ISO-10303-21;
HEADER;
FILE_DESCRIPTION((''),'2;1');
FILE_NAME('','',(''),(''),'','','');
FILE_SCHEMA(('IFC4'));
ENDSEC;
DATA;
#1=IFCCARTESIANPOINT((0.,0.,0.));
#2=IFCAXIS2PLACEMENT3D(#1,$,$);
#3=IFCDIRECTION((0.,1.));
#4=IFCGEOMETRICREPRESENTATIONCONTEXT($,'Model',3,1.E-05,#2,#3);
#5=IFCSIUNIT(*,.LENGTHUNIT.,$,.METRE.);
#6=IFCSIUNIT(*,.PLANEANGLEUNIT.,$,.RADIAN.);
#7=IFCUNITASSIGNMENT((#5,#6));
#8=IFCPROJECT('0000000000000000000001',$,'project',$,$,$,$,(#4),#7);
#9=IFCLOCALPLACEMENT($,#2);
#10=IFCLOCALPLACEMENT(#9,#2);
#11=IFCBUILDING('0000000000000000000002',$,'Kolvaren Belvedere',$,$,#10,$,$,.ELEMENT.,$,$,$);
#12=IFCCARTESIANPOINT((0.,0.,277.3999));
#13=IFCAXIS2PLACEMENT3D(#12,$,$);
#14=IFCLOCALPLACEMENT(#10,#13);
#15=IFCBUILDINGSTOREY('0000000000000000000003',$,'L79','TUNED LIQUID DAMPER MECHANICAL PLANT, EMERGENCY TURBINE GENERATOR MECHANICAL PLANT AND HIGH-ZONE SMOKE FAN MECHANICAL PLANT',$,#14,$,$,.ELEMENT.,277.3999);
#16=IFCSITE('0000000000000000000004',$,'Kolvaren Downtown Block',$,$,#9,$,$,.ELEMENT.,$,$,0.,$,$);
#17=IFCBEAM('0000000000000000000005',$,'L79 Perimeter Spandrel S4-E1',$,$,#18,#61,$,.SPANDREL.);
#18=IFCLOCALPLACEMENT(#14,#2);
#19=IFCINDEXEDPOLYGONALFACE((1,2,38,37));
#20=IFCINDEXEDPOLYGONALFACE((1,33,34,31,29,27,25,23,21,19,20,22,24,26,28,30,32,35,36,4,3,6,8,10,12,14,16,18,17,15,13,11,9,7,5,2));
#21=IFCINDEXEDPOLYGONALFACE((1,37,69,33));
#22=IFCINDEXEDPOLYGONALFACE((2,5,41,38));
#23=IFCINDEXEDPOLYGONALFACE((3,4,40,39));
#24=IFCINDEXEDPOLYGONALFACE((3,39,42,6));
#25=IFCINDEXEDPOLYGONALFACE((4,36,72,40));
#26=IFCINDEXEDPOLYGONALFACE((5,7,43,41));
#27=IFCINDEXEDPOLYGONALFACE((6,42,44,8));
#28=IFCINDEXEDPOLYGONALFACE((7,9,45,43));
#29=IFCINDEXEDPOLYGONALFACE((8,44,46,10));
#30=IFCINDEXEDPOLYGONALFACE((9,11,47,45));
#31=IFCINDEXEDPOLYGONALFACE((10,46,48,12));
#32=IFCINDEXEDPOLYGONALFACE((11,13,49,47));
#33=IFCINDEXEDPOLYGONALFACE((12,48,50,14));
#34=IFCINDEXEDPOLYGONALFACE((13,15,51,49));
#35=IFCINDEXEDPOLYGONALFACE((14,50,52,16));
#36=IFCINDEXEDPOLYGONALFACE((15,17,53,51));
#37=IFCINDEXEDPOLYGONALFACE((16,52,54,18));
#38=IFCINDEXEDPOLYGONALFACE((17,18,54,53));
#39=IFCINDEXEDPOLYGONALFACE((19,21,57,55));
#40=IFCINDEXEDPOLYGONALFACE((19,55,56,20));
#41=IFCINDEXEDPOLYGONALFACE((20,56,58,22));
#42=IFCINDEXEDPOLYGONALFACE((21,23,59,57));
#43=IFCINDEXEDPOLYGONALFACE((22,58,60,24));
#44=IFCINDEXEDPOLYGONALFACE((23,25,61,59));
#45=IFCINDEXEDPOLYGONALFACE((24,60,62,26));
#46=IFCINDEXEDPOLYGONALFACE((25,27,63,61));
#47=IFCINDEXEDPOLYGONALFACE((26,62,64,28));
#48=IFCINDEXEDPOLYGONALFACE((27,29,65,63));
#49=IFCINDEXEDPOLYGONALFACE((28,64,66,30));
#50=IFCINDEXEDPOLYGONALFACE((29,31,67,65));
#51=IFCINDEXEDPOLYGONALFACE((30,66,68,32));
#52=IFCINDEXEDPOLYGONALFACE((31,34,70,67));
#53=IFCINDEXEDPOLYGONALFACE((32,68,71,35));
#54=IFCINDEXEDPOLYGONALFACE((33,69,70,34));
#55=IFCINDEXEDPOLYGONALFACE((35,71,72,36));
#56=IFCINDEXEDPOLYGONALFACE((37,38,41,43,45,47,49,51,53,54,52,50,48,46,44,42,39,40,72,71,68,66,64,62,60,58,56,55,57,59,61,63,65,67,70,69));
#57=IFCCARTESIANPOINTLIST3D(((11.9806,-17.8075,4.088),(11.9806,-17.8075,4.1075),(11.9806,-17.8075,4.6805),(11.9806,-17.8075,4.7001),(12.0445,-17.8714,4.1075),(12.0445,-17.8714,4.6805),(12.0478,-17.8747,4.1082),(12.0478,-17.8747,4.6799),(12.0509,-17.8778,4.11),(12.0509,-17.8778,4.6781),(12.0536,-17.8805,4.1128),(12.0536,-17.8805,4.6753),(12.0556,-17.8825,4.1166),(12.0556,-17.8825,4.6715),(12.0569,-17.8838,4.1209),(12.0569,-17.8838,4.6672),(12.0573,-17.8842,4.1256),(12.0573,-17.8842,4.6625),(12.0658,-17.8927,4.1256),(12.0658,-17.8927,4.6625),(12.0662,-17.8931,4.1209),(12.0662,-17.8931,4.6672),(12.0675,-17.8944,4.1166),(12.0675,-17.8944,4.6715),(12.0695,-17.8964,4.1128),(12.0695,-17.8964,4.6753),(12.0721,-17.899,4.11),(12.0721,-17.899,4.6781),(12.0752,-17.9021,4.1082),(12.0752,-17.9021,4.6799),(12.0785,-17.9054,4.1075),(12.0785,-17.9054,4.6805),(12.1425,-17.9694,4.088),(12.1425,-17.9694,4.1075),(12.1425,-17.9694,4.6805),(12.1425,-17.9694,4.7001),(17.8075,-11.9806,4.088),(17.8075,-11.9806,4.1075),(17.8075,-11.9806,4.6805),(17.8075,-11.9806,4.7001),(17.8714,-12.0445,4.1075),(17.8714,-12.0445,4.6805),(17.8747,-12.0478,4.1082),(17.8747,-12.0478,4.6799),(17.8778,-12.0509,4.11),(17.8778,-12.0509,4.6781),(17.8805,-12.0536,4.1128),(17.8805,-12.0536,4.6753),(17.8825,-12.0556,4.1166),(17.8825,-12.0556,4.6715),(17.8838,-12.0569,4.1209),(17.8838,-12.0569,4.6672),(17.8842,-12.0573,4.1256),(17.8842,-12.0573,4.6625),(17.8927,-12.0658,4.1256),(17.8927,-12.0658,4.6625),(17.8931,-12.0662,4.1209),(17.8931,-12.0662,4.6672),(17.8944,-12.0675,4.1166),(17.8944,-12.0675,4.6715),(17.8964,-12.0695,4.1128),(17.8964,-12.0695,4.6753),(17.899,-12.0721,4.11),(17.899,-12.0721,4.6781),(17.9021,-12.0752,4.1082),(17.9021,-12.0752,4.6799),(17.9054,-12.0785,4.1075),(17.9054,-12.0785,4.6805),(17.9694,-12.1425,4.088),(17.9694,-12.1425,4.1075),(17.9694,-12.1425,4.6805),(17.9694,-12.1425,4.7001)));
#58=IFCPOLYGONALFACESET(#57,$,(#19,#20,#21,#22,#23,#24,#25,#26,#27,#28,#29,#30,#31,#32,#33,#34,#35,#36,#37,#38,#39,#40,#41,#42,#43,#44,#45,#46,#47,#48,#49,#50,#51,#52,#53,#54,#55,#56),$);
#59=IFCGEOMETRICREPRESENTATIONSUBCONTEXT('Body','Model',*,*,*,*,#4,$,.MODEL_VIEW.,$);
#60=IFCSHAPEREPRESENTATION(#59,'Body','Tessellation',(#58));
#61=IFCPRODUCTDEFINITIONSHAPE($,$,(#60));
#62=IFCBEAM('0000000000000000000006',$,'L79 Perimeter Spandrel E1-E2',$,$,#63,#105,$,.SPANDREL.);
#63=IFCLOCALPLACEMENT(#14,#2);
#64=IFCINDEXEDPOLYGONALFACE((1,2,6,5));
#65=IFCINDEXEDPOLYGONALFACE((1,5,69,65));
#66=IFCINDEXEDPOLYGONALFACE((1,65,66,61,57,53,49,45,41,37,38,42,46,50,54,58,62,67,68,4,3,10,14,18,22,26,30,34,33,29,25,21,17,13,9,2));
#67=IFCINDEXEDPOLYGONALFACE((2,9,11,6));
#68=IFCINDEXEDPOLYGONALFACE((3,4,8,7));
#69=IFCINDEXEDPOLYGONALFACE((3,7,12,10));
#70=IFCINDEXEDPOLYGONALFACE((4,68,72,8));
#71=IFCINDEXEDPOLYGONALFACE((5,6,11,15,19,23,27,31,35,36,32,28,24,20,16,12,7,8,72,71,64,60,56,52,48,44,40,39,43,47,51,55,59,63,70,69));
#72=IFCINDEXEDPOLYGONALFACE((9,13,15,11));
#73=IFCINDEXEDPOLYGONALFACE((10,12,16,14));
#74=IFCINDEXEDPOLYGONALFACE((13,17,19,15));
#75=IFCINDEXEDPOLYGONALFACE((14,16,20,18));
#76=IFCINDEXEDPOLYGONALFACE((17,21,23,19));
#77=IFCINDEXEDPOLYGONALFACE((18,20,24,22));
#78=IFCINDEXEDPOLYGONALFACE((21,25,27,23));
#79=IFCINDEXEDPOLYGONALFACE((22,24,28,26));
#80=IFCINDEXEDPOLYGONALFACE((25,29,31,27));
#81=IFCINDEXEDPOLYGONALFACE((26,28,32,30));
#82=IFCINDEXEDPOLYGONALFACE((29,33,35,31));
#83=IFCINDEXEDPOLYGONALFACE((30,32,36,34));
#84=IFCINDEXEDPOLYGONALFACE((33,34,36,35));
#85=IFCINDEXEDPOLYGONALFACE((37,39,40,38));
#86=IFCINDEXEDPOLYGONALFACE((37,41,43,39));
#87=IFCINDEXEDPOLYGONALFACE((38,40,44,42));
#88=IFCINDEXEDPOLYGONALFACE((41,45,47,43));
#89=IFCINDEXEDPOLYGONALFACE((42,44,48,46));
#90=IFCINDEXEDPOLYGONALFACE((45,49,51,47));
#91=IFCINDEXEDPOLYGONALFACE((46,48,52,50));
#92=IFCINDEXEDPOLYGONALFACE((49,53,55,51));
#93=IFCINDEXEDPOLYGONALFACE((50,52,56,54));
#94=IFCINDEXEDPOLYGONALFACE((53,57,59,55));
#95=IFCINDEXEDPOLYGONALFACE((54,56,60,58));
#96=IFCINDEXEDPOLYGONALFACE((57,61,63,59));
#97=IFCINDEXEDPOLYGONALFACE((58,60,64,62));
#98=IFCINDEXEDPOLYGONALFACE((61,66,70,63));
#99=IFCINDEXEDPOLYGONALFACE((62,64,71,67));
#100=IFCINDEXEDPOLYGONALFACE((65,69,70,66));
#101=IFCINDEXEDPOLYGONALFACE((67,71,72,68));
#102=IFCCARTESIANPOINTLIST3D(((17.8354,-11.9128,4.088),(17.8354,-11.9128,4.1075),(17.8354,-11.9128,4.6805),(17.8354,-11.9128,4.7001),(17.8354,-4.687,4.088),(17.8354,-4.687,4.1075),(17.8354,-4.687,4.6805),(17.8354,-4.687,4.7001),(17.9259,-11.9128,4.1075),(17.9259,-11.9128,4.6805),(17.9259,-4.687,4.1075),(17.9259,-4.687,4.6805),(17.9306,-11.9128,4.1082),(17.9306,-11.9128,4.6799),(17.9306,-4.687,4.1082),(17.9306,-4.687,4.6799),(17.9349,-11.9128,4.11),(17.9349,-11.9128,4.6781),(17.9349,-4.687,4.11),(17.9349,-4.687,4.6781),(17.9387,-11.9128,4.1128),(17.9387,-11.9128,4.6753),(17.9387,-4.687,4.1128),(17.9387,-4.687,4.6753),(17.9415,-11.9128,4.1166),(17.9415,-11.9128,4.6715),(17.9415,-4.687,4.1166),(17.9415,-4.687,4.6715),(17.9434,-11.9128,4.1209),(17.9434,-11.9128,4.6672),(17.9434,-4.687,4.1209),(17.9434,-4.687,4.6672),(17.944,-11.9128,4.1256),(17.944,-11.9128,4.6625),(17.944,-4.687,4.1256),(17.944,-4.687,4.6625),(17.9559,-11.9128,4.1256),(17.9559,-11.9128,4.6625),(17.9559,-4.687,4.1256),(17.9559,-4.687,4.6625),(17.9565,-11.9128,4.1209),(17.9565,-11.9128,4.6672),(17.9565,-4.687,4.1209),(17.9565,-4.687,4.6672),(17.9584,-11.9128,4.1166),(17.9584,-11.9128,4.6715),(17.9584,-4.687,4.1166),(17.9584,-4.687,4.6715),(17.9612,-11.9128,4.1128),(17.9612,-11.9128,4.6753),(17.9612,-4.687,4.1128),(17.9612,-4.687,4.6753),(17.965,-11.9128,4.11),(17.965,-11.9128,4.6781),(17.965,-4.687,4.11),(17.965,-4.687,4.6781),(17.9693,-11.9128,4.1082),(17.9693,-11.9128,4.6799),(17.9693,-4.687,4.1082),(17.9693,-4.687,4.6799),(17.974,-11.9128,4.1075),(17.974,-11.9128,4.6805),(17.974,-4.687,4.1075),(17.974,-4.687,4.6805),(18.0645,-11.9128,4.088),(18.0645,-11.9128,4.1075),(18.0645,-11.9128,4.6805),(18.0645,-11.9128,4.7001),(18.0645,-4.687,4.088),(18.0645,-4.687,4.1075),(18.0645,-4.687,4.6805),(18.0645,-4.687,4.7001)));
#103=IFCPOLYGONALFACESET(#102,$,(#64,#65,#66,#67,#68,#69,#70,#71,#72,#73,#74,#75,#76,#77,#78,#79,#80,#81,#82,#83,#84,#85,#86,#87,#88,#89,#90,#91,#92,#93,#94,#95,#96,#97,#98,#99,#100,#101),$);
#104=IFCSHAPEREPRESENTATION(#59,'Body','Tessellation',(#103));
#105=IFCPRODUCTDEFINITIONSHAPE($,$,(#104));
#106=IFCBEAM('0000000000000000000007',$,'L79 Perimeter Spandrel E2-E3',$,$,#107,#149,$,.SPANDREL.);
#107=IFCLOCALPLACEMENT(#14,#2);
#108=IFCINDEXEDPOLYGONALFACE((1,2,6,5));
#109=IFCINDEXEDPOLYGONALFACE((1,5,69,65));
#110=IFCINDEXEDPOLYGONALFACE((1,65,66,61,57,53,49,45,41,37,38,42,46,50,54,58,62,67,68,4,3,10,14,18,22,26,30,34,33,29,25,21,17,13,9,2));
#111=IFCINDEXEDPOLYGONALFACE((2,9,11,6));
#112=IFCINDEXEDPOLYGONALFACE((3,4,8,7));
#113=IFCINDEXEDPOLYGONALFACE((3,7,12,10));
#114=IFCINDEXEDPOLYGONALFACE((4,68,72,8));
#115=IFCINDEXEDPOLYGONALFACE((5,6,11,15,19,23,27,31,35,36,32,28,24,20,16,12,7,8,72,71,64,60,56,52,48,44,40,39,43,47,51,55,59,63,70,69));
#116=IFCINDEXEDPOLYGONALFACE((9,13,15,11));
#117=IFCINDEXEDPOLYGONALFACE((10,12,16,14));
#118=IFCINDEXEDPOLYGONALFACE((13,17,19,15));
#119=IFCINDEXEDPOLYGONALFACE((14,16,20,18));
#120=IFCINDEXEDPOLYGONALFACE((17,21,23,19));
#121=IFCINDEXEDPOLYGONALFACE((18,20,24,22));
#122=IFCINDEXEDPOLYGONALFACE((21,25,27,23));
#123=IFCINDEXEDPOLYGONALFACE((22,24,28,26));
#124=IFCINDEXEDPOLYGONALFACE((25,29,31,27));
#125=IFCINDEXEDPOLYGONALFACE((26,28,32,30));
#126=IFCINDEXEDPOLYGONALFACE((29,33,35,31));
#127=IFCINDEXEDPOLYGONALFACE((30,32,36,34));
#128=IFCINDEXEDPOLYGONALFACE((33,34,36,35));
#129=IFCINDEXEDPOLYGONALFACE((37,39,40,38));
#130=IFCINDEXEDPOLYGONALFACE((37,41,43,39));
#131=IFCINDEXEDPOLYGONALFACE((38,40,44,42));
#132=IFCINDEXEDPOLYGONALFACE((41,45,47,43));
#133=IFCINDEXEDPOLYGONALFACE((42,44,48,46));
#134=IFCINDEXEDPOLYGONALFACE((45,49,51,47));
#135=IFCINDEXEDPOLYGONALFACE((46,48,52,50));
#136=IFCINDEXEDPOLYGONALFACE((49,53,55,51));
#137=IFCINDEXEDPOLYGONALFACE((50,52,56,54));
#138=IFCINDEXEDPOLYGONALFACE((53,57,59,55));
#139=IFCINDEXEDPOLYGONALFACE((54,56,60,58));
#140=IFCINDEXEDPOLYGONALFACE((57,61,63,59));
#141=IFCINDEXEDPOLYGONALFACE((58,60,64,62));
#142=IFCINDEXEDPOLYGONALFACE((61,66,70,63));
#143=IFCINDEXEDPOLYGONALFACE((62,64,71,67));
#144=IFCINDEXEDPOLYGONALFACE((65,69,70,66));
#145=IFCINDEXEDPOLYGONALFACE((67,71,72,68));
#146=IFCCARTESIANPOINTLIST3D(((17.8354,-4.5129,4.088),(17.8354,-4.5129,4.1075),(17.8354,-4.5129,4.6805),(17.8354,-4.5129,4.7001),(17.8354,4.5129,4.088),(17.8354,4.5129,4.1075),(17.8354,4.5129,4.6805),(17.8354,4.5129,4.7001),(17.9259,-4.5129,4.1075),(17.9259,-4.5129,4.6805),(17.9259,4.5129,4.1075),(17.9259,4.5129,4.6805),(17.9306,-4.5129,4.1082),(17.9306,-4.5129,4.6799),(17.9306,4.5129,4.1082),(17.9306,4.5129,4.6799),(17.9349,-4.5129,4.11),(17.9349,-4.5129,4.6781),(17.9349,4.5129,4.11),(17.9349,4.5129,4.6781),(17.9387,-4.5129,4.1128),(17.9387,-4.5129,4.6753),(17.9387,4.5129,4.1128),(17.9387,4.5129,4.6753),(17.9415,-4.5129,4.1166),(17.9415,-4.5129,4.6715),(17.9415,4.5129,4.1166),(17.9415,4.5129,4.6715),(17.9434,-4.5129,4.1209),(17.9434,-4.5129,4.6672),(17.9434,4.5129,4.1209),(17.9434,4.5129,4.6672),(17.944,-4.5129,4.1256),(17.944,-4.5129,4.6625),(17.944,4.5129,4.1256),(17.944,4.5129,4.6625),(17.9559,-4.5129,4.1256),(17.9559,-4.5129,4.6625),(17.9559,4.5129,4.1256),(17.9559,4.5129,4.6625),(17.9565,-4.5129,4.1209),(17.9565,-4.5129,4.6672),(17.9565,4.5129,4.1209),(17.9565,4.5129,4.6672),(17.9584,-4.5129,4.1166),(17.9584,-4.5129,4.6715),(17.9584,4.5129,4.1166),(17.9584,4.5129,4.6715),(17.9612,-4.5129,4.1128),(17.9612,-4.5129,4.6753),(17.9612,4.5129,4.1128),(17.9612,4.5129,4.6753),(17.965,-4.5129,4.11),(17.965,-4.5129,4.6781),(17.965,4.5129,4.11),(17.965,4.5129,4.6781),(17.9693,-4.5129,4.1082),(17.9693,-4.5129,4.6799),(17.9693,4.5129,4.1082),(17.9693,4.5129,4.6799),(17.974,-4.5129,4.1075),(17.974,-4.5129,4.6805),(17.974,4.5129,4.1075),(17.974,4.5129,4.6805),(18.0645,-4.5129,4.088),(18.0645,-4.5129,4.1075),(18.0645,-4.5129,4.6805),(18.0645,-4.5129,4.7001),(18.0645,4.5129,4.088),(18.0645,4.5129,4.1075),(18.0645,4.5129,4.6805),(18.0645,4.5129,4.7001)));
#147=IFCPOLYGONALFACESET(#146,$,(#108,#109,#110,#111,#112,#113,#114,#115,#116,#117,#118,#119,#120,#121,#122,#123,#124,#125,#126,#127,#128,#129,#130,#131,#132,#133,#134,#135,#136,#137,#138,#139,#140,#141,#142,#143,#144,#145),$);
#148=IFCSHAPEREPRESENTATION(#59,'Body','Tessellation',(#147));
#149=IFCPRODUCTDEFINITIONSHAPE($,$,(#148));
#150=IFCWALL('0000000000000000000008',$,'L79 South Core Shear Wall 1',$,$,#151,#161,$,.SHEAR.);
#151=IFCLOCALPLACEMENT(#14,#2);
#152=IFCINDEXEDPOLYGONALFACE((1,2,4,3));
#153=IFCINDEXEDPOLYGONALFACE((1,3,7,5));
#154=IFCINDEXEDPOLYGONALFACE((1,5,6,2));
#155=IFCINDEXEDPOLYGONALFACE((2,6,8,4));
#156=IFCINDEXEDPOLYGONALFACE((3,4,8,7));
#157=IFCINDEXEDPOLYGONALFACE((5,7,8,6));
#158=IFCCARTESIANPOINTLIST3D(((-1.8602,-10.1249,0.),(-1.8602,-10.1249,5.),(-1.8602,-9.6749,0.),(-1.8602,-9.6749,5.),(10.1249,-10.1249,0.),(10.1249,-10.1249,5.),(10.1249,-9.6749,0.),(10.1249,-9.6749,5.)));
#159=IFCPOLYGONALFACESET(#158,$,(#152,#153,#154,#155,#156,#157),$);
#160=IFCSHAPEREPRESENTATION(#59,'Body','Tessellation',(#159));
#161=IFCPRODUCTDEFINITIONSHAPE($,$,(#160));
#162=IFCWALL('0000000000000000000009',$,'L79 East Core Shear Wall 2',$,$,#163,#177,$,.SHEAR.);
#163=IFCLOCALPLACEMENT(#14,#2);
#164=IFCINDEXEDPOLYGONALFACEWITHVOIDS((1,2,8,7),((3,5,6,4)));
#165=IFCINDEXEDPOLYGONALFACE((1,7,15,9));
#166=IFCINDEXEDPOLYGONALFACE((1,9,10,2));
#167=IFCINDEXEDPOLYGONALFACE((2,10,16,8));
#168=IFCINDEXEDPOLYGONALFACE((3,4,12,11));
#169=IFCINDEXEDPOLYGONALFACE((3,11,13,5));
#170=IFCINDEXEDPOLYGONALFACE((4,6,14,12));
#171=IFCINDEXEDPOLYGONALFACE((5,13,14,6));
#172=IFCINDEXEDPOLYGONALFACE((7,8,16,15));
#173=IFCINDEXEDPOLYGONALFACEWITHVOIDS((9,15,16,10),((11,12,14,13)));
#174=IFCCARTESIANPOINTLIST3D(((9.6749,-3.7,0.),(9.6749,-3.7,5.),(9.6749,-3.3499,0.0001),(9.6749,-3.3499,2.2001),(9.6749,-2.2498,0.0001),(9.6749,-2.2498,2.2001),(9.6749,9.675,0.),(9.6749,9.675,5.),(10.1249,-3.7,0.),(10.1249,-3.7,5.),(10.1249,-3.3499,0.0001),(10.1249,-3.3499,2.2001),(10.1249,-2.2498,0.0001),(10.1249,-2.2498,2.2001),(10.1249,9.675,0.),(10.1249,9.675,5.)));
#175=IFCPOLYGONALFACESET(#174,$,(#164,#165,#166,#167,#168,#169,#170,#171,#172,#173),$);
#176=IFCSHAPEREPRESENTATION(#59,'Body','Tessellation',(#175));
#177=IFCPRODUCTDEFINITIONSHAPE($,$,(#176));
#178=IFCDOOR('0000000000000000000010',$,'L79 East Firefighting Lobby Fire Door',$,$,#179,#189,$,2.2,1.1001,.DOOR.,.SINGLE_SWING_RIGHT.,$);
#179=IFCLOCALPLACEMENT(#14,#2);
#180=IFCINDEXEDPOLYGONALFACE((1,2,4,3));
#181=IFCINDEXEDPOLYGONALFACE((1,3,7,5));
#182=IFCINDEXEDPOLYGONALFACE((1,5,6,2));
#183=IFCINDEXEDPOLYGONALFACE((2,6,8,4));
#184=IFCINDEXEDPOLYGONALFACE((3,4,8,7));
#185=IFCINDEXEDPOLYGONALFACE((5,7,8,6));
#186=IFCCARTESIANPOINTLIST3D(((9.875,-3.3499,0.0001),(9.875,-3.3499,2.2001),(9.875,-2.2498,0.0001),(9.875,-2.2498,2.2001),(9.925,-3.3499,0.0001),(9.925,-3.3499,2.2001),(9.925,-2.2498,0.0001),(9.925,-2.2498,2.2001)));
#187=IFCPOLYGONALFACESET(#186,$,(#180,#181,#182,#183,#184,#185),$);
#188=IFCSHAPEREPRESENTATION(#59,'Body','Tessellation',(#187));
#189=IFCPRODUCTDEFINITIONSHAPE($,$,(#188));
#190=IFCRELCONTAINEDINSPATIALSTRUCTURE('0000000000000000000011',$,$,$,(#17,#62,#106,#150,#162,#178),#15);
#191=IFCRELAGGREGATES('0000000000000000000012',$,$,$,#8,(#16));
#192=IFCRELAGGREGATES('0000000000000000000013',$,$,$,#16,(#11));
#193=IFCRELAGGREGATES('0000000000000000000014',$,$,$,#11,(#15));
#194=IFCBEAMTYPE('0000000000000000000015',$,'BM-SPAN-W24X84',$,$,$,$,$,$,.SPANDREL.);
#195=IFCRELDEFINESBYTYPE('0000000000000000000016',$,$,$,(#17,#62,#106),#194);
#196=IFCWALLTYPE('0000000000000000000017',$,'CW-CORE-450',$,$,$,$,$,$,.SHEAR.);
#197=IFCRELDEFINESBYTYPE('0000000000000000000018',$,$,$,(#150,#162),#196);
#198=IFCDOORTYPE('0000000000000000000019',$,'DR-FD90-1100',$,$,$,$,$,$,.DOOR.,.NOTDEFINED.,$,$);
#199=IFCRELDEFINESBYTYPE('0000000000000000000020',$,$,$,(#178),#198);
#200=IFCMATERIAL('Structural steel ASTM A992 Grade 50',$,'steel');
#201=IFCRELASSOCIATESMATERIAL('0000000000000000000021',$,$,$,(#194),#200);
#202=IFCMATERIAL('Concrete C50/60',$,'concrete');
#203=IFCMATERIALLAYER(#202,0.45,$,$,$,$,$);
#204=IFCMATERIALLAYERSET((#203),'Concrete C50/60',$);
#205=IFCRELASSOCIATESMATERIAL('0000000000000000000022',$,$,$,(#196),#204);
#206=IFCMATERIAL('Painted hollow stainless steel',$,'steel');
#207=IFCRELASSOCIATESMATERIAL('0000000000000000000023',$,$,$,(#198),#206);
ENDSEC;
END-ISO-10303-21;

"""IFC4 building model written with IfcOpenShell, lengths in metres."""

from ifc_helpers import new_model, si_unit, direction, frame, frame_2d, origin, origin_2d, place, context, subcontext, project, spatial, rectangle, i_section, extrude, material, layer, layer_set, material_profile, profile_set, type_object, element, fill, save


model = new_model("IFC4")

# Units and contexts
model_context = context("Model", 3, precision=1e-05, world=origin(), true_north=direction((0.0, 1.0)))
body_context = subcontext(model_context, "Body", "Model", "MODEL_VIEW")
ifc_project = project(units=[si_unit("LENGTHUNIT", "METRE"), si_unit("PLANEANGLEUNIT", "RADIAN")], contexts=[model_context])

# Site, building, storey
site_placement = place(None, origin())
site = spatial("IfcSite", under=ifc_project, at=site_placement, Name="Kolvaren Downtown Block", CompositionType="ELEMENT", RefElevation=0.0)
building_placement = place(site_placement, origin())
building = spatial("IfcBuilding", under=site, at=building_placement, Name="Kolvaren Belvedere", CompositionType="ELEMENT")
storey_placement = place(building_placement, frame((0.0, 0.0, 277.3999)))
storey = spatial("IfcBuildingStorey", under=building, at=storey_placement, Name="L79", Description="TUNED LIQUID DAMPER MECHANICAL PLANT, EMERGENCY TURBINE GENERATOR MECHANICAL PLANT AND HIGH-ZONE SMOKE FAN MECHANICAL PLANT", CompositionType="ELEMENT", Elevation=277.3999)

# Beams
ifc_material_1 = material(Name="Structural steel ASTM A992 Grade 50", Category="steel")
ifc_material_profile_1 = material_profile(ifc_material_1, i_section(OverallWidth=0.229, OverallDepth=0.6121, WebThickness=0.012, FlangeThickness=0.0195, FilletRadius=0.0181, at=origin_2d()), Name="W24X84")
ifc_profile_set_1 = profile_set([ifc_material_profile_1], Name="Structural steel ASTM A992 Grade 50")
beam_type_1 = type_object("IfcBeamType", Name="BM-SPAN-W24X84", PredefinedType="SPANDREL", material=ifc_profile_set_1)
beam_1_placement = place(storey_placement, frame((12.0615, -17.8884, 4.394), z_axis=(0.707107, 0.707107, 0.0), x_axis=(-0.707107, 0.707107, 0.0)))
element("IfcBeam", 1, at=beam_1_placement, inside=storey, type_object=beam_type_1, Name="L79 Perimeter Spandrel S4-E1", PredefinedType="SPANDREL", context=body_context, shape_type="SweptSolid", body=[
    extrude(i_section(OverallWidth=0.229, OverallDepth=0.6121, WebThickness=0.012, FlangeThickness=0.0195, FilletRadius=0.0181, at=origin_2d()), origin(), (0.0, 0.0, 1.0), 8.2405),
])
beam_2_placement = place(storey_placement, frame((17.95, -11.9128, 4.394), z_axis=(0.0, 1.0, 0.0), x_axis=(-1.0, 0.0, 0.0)))
element("IfcBeam", 2, at=beam_2_placement, inside=storey, type_object=beam_type_1, Name="L79 Perimeter Spandrel E1-E2", PredefinedType="SPANDREL", context=body_context, shape_type="SweptSolid", body=[
    extrude(i_section(OverallWidth=0.229, OverallDepth=0.6121, WebThickness=0.012, FlangeThickness=0.0195, FilletRadius=0.0181, at=origin_2d()), origin(), (0.0, 0.0, 1.0), 7.2258),
])
beam_3_placement = place(storey_placement, frame((17.95, -4.5129, 4.394), z_axis=(0.0, 1.0, 0.0), x_axis=(-1.0, 0.0, 0.0)))
element("IfcBeam", 3, at=beam_3_placement, inside=storey, type_object=beam_type_1, Name="L79 Perimeter Spandrel E2-E3", PredefinedType="SPANDREL", context=body_context, shape_type="SweptSolid", body=[
    extrude(i_section(OverallWidth=0.229, OverallDepth=0.6121, WebThickness=0.012, FlangeThickness=0.0195, FilletRadius=0.0181, at=origin_2d()), origin(), (0.0, 0.0, 1.0), 9.0259),
])

# Wall
ifc_material_2 = material(Name="Concrete C50/60", Category="concrete")
ifc_layer_1 = layer(ifc_material_2, 0.45)
ifc_layer_set_1 = layer_set([ifc_layer_1], Name="Concrete C50/60")
wall_type_1 = type_object("IfcWallType", Name="CW-CORE-450", PredefinedType="SHEAR", material=ifc_layer_set_1)
wall_1_placement = place(storey_placement, frame((10.125, -9.8999, 0.0), z_axis=(0.0, 0.0, 1.0), x_axis=(-1.0, 0.0, 0.0)))
element("IfcWall", 4, at=wall_1_placement, inside=storey, type_object=wall_type_1, Name="L79 South Core Shear Wall 1", PredefinedType="SHEAR", context=body_context, shape_type="SweptSolid", body=[
    extrude(rectangle(XDim=11.9851, YDim=0.45, at=frame_2d((5.9927, 0.0))), origin(), (0.0, 0.0, 1.0), 5.0),
])

# Wall, opening, door
wall_2_placement = place(storey_placement, frame((9.8999, -3.7, 0.0), z_axis=(0.0, 0.0, 1.0), x_axis=(0.0, 1.0, 0.0)))
wall_2 = element("IfcWall", 5, at=wall_2_placement, inside=storey, type_object=wall_type_1, Name="L79 East Core Shear Wall 2", PredefinedType="SHEAR", context=body_context, shape_type="SweptSolid", body=[
    extrude(rectangle(XDim=13.375, YDim=0.45, at=frame_2d((6.6875, 0.0))), origin(), (0.0, 0.0, 1.0), 5.0),
])
opening_1_placement = place(wall_2_placement, frame((0.3501, 0.0, 0.0)))
opening_1 = element("IfcOpeningElement", 6, at=opening_1_placement, cuts=wall_2, PredefinedType="OPENING", context=body_context, shape_type="SweptSolid", body=[
    extrude(rectangle(XDim=1.1001, YDim=2.2, at=frame_2d((0.55, 1.1001))), frame((0.0, 0.2349, 0.0), z_axis=(0.0, -1.0, 0.0), x_axis=(1.0, 0.0, 0.0)), (0.0, 0.0, 1.0), 0.47),
])
ifc_material_3 = material(Name="Painted hollow stainless steel", Category="steel")
door_type_1 = type_object("IfcDoorType", Name="DR-FD90-1100", OperationType="NOTDEFINED", PredefinedType="DOOR", material=ifc_material_3)
door_1_placement = place(opening_1_placement, origin())
door_1 = element("IfcDoor", 7, at=door_1_placement, inside=storey, type_object=door_type_1, Name="L79 East Firefighting Lobby Fire Door", OperationType="SINGLE_SWING_RIGHT", OverallHeight=2.2, OverallWidth=1.1001, PredefinedType="DOOR", context=body_context, shape_type="SweptSolid", body=[
    extrude(rectangle(XDim=1.1001, YDim=2.2, at=frame_2d((0.55, 1.1001))), frame((0.0, 0.0249, 0.0), z_axis=(0.0, -1.0, 0.0), x_axis=(1.0, 0.0, 0.0)), (0.0, 0.0, 1.0), 0.05),
])
fill(opening_1, door_1)

save(model, "model.ifc")
